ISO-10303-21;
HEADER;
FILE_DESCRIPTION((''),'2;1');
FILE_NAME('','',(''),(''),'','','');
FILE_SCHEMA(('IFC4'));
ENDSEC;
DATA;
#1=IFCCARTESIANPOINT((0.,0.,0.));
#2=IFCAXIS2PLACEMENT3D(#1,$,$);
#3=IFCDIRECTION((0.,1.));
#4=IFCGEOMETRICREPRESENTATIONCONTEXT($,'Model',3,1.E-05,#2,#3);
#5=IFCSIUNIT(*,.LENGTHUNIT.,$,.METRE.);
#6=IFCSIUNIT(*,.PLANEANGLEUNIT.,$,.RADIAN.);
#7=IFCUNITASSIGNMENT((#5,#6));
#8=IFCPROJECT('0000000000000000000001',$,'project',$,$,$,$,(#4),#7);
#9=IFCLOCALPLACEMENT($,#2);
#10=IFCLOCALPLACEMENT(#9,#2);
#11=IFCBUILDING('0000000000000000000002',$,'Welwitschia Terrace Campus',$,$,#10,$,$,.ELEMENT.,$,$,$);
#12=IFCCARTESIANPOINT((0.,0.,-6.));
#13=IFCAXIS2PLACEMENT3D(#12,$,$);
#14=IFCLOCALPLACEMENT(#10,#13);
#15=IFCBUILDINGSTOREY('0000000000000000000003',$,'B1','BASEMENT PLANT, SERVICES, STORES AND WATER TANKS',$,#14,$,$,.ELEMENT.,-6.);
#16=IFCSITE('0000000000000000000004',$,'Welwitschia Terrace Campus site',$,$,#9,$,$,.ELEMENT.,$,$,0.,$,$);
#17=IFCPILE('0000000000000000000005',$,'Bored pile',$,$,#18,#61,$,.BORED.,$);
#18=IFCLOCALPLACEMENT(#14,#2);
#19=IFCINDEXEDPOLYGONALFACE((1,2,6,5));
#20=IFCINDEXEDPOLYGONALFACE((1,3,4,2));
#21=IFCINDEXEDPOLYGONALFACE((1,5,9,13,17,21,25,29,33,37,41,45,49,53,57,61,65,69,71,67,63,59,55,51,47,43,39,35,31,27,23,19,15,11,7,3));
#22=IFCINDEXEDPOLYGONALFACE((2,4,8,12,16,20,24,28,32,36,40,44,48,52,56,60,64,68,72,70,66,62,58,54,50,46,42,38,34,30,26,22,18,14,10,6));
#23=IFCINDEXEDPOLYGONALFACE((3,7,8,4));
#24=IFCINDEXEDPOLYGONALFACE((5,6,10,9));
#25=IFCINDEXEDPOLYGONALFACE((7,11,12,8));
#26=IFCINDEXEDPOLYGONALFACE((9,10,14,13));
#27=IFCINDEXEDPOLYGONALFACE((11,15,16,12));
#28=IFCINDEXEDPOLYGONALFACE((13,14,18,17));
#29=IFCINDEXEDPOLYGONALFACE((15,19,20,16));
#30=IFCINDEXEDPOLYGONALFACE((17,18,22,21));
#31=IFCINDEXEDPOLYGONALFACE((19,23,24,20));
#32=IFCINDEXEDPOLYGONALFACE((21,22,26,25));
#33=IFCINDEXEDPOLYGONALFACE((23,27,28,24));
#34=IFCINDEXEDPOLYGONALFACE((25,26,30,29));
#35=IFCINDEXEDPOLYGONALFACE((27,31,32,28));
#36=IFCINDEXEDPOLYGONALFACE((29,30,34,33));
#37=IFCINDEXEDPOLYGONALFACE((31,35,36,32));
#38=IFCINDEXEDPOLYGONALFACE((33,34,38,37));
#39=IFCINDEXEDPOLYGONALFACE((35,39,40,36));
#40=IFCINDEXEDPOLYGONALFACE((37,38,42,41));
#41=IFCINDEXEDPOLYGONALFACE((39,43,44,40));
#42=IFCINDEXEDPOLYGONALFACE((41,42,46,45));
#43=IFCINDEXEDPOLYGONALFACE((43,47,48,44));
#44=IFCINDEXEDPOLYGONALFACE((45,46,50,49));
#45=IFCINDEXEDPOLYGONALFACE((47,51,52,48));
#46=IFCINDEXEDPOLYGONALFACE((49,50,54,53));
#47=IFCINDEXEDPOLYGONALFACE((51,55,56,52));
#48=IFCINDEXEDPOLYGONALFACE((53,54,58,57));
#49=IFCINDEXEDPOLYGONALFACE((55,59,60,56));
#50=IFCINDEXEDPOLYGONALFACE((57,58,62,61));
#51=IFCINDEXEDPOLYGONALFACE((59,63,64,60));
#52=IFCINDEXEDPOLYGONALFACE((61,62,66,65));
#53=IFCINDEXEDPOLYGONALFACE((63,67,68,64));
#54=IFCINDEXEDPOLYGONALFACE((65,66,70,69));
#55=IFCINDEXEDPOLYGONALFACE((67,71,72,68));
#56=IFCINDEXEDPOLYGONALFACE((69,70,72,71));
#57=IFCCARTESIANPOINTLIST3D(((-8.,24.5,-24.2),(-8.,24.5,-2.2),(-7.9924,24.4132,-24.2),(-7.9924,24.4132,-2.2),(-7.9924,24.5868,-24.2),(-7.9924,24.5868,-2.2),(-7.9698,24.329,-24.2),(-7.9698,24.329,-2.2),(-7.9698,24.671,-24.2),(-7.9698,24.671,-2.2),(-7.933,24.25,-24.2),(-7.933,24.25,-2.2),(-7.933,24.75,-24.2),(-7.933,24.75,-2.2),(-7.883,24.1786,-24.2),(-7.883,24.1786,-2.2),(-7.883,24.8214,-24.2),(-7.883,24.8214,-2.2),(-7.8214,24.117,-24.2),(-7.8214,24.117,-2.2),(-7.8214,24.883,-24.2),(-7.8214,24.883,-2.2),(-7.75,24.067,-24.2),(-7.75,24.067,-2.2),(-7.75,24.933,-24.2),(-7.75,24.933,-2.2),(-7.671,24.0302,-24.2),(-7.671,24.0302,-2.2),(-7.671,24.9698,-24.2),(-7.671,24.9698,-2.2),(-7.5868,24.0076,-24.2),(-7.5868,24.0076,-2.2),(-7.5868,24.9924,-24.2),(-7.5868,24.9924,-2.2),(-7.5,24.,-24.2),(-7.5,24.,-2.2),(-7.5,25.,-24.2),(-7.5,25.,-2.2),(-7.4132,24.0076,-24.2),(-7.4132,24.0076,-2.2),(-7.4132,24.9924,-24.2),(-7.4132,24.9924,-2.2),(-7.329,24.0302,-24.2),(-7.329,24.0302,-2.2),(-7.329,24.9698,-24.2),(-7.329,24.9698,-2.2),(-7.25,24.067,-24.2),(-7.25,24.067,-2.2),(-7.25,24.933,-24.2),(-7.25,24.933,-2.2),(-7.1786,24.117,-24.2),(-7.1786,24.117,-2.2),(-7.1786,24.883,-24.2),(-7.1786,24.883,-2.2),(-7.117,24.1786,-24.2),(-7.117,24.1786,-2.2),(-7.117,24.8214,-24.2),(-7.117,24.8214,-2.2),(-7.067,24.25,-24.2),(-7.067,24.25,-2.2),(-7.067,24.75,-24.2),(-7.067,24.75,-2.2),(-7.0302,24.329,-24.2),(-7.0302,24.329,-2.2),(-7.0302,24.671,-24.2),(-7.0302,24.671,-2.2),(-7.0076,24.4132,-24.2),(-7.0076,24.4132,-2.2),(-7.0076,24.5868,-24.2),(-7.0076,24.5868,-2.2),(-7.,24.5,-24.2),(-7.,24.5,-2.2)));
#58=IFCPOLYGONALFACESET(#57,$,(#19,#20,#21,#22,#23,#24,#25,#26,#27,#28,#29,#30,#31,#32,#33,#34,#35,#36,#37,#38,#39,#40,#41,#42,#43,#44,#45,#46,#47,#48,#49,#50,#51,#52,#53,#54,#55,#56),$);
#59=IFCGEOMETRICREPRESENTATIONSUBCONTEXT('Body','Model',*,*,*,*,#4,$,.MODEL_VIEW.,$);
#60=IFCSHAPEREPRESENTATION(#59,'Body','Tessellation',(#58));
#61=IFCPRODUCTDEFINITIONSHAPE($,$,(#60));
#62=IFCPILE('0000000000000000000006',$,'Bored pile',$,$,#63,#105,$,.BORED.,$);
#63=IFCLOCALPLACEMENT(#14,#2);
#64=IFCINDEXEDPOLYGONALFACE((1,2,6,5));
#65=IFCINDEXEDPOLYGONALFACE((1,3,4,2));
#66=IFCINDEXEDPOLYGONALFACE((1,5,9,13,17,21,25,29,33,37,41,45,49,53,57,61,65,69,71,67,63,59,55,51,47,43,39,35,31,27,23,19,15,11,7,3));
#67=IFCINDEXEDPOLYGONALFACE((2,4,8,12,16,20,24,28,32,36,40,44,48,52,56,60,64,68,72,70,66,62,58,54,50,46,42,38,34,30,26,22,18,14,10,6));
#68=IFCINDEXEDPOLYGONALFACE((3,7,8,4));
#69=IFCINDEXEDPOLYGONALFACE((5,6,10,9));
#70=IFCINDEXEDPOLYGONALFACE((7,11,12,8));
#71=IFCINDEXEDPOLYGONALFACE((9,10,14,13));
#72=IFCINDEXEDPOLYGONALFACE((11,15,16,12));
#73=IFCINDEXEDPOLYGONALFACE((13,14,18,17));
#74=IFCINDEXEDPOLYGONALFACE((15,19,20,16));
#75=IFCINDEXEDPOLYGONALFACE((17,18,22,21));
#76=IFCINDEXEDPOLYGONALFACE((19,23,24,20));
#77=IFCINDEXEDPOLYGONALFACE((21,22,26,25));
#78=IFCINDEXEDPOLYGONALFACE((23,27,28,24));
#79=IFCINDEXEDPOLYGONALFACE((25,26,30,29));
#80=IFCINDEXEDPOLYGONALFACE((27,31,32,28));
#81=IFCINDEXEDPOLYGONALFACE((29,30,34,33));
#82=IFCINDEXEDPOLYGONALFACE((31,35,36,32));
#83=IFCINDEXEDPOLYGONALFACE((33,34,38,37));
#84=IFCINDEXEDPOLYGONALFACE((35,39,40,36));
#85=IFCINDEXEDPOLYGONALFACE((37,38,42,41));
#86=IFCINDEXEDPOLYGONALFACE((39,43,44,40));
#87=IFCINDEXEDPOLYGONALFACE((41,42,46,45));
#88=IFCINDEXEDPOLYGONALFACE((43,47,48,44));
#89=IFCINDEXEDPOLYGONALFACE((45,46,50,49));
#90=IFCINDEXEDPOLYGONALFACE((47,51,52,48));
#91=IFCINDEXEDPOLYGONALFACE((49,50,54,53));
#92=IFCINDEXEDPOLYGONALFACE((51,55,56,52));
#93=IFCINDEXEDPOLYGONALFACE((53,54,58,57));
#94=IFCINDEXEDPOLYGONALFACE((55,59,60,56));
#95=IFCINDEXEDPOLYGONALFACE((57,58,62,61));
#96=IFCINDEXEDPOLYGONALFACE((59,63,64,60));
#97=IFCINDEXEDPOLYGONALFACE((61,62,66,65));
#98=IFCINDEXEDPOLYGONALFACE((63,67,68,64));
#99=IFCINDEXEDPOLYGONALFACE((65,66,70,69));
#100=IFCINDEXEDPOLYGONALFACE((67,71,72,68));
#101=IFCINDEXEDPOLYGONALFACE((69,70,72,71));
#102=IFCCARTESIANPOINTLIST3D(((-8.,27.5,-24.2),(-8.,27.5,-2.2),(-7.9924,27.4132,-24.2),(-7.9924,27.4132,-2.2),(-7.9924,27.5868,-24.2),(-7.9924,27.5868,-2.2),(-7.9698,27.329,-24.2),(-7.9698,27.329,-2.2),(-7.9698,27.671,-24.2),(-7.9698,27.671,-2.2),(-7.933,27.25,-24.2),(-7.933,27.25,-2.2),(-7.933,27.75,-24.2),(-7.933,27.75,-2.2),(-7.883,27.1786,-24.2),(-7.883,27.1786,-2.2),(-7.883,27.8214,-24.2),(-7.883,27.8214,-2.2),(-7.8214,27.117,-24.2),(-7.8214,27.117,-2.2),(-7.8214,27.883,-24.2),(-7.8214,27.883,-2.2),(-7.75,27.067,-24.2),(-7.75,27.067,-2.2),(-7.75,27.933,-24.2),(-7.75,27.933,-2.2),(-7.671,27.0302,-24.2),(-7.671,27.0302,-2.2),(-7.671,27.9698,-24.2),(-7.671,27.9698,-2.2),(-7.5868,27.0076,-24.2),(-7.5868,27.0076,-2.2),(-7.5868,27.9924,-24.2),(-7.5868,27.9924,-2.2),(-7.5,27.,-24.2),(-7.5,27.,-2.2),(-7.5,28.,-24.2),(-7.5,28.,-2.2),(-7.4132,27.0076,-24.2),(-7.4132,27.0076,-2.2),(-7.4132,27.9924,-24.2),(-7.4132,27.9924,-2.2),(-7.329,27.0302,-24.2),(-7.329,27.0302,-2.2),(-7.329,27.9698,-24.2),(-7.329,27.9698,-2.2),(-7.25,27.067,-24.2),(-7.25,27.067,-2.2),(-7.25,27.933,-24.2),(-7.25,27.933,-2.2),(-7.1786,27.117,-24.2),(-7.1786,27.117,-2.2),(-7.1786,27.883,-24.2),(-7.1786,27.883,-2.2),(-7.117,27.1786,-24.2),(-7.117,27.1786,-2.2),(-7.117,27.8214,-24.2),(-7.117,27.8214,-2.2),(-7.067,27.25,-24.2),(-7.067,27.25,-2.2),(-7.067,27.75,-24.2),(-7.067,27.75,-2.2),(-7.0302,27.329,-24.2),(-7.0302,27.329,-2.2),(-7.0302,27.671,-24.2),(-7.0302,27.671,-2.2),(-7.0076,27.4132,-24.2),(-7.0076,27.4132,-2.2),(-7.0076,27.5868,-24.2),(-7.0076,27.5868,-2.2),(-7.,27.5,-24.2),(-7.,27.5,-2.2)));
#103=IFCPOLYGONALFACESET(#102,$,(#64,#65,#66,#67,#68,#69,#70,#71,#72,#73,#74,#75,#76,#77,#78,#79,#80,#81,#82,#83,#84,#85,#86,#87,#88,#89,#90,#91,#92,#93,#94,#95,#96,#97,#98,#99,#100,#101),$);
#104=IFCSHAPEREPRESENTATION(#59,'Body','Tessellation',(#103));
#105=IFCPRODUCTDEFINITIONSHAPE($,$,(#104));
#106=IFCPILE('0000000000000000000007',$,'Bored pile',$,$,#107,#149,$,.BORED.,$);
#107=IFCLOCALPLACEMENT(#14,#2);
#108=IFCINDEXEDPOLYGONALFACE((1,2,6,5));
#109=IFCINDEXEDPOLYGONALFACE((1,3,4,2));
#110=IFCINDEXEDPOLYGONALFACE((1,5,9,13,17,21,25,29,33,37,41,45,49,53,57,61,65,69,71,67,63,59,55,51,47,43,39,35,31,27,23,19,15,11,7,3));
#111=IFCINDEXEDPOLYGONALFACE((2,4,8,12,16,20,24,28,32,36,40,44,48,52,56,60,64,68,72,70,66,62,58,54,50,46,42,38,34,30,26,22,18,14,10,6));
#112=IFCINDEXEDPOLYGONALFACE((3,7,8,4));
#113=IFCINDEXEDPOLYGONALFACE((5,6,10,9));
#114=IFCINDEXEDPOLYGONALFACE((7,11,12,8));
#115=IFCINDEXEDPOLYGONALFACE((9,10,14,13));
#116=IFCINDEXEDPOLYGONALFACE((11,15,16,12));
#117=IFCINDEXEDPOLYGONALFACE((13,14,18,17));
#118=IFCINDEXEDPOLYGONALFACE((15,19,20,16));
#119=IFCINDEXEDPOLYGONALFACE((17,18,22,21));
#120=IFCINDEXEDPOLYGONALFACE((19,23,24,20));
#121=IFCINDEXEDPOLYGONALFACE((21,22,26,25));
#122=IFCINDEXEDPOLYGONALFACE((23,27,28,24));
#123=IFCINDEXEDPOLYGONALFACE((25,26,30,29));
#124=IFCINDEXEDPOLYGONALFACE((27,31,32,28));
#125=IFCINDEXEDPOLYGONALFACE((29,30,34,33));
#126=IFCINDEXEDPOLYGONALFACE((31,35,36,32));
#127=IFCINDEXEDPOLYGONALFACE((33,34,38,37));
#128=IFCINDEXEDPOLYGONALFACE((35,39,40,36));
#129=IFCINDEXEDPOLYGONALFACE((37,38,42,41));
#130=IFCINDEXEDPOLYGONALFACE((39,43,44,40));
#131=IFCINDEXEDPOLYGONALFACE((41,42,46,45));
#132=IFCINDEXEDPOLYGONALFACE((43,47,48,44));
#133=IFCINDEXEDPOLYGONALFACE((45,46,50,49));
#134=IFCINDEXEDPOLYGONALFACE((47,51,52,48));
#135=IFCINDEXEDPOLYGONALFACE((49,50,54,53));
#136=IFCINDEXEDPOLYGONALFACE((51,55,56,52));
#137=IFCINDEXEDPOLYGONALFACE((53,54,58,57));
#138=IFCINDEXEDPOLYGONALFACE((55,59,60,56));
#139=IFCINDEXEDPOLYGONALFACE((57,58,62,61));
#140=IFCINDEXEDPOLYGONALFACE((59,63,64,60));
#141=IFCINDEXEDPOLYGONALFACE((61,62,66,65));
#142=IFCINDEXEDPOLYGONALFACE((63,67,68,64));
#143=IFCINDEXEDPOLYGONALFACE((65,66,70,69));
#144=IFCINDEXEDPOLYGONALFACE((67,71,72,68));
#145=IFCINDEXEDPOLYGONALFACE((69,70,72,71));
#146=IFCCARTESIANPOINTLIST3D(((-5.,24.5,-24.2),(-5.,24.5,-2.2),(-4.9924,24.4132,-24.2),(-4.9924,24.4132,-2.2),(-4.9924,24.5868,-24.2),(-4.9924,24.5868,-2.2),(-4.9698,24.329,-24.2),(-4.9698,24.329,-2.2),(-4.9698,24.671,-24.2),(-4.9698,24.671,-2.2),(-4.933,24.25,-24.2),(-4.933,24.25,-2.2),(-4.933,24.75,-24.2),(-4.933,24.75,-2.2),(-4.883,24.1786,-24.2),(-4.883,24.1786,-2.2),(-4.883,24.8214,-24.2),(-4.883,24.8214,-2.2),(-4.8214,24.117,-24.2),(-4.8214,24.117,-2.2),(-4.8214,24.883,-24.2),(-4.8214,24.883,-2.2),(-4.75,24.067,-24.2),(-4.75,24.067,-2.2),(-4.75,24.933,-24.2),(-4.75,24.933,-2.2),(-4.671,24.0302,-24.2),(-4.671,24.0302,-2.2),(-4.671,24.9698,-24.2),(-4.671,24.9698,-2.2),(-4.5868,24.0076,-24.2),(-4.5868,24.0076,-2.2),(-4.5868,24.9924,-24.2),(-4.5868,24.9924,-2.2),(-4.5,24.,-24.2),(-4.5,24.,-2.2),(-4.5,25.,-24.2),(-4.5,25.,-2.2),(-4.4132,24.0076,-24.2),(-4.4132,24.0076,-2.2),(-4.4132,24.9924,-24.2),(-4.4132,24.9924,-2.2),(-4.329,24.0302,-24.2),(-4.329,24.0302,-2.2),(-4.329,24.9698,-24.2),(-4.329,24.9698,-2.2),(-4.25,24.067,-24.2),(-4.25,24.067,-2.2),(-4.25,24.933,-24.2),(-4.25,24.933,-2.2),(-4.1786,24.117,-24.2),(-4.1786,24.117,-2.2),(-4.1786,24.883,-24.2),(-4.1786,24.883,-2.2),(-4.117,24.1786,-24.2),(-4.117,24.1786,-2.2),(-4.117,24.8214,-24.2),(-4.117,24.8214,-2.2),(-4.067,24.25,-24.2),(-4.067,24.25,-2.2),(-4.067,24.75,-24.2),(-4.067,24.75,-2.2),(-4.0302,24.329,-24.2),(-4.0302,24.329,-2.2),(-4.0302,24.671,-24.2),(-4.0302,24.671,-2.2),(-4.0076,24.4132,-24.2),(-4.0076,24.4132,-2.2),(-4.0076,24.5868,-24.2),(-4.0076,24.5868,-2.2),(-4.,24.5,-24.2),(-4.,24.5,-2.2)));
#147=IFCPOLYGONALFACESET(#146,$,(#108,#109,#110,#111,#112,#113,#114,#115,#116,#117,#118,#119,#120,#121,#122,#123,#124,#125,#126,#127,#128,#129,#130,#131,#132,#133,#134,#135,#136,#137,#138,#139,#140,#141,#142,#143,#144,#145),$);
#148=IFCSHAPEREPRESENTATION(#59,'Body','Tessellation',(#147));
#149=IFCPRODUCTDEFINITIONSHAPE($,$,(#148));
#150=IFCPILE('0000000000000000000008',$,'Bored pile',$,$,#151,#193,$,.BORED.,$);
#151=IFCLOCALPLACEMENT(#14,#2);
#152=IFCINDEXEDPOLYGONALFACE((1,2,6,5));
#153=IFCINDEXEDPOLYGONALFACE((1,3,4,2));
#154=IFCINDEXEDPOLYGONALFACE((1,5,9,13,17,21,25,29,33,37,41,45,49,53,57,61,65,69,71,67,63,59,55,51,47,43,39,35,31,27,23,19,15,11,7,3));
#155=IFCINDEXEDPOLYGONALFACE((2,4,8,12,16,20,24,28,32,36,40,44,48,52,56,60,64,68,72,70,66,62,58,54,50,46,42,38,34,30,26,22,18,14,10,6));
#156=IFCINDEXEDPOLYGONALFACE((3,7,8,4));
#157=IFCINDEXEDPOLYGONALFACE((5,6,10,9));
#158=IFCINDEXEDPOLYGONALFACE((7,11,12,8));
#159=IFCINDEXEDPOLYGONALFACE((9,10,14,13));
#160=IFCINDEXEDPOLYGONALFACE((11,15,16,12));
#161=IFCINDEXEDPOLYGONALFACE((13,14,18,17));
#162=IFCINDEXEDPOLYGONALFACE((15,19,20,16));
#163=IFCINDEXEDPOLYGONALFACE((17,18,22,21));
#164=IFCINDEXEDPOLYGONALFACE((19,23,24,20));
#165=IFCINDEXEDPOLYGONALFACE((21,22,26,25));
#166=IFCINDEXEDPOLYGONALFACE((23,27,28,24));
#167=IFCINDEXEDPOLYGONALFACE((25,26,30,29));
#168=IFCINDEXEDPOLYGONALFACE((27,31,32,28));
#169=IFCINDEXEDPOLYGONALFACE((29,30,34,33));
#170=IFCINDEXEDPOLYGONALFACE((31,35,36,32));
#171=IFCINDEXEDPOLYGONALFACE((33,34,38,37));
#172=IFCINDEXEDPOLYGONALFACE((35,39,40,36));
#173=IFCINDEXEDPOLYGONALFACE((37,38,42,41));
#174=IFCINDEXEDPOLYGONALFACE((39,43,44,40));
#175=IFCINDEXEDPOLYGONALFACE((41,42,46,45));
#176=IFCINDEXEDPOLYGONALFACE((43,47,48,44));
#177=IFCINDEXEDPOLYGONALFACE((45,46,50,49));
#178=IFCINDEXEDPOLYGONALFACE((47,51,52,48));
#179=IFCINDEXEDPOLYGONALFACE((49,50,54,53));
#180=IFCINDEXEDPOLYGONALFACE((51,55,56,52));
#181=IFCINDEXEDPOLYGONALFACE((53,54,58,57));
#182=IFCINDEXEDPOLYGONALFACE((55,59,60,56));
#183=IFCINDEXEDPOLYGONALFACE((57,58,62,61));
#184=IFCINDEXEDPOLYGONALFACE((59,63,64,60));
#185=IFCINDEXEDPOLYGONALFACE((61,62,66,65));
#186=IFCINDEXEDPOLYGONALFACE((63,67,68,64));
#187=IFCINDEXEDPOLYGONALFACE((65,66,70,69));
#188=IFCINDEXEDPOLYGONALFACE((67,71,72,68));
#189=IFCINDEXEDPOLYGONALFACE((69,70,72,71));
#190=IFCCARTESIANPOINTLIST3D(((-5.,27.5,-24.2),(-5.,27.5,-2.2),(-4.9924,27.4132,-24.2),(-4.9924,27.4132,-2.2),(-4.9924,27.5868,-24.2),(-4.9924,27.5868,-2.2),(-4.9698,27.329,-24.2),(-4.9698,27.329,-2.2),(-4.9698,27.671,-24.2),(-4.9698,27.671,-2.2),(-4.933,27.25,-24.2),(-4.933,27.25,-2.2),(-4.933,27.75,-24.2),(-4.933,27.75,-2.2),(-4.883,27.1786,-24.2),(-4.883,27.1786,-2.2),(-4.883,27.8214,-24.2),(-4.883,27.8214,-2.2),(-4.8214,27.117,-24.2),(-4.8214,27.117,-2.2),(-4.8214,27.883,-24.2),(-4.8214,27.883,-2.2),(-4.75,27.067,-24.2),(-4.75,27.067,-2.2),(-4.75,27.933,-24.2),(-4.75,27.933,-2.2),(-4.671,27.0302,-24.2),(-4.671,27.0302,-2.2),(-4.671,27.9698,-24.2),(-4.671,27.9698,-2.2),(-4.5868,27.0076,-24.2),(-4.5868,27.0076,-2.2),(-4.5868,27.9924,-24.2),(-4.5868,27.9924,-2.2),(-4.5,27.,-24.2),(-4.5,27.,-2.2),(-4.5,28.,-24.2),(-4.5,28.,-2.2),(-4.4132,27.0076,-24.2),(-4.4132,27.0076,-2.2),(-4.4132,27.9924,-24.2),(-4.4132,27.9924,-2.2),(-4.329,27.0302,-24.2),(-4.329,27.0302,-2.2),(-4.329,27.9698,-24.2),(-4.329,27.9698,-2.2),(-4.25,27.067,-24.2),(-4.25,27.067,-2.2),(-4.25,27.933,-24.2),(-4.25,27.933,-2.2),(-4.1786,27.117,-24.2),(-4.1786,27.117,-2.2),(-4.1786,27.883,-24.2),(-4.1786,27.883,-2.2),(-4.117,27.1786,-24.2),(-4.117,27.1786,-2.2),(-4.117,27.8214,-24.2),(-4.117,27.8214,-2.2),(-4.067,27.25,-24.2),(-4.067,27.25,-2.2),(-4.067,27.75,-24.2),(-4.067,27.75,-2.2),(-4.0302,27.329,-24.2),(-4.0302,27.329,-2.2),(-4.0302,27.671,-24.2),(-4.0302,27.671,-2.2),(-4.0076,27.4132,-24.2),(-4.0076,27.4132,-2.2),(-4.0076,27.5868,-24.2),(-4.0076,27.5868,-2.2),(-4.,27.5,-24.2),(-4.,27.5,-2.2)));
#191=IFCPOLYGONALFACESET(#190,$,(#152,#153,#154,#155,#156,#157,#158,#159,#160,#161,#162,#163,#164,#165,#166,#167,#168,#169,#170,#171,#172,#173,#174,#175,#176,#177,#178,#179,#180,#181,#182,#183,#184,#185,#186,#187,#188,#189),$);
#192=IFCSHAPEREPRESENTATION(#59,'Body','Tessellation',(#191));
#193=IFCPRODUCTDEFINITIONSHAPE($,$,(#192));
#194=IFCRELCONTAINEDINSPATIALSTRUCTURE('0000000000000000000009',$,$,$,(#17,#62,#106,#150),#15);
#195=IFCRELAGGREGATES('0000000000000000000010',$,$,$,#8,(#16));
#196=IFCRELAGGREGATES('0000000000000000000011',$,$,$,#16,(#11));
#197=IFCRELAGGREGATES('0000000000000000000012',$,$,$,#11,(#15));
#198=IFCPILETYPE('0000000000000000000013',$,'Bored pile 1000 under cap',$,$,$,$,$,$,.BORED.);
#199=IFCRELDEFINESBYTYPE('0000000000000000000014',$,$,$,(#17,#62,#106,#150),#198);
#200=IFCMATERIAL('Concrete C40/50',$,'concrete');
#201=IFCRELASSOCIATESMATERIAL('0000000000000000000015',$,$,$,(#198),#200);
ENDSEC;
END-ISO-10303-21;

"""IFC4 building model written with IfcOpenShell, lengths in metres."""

from ifc_helpers import new_model, si_unit, direction, frame, origin, origin_2d, place, context, subcontext, project, spatial, circle, extrude, material, type_object, element, save


model = new_model("IFC4")

# Units and contexts
model_context = context("Model", 3, precision=1e-05, world=origin(), true_north=direction((0.0, 1.0)))
body_context = subcontext(model_context, "Body", "Model", "MODEL_VIEW")
ifc_project = project(units=[si_unit("LENGTHUNIT", "METRE"), si_unit("PLANEANGLEUNIT", "RADIAN")], contexts=[model_context])

# Site, building, storey
site_placement = place(None, origin())
site = spatial("IfcSite", under=ifc_project, at=site_placement, Name="Welwitschia Terrace Campus site", CompositionType="ELEMENT", RefElevation=0.0)
building_placement = place(site_placement, origin())
building = spatial("IfcBuilding", under=site, at=building_placement, Name="Welwitschia Terrace Campus", CompositionType="ELEMENT")
storey_placement = place(building_placement, frame((0.0, 0.0, -6.0)))
storey = spatial("IfcBuildingStorey", under=building, at=storey_placement, Name="B1", Description="BASEMENT PLANT, SERVICES, STORES AND WATER TANKS", CompositionType="ELEMENT", Elevation=-6.0)

# Piles
ifc_material_1 = material(Name="Concrete C40/50", Category="concrete")
pile_type_1 = type_object("IfcPileType", Name="Bored pile 1000 under cap", PredefinedType="BORED", material=ifc_material_1)
for number, where, z_axis, x_axis, name in (
    (1, (-7.5, 24.5, -2.2), (0.0, 0.0, -1.0), (1.0, 0.0, 0.0), "Bored pile"),
    (2, (-7.5, 27.5, -2.2), (0.0, 0.0, -1.0), (1.0, 0.0, 0.0), "Bored pile"),
    (3, (-4.5, 24.5, -2.2), (0.0, 0.0, -1.0), (1.0, 0.0, 0.0), "Bored pile"),
    (4, (-4.5, 27.5, -2.2), (0.0, 0.0, -1.0), (1.0, 0.0, 0.0), "Bored pile"),
):
    element("IfcPile", number, at=place(storey_placement, frame(where, z_axis=z_axis, x_axis=x_axis)), inside=storey, type_object=pile_type_1, Name=name, PredefinedType="BORED", context=body_context, shape_type="SweptSolid", body=[
        extrude(circle(Radius=0.5, at=origin_2d()), origin(), (0.0, 0.0, 1.0), 22.0),
    ])

save(model, "model.ifc")
